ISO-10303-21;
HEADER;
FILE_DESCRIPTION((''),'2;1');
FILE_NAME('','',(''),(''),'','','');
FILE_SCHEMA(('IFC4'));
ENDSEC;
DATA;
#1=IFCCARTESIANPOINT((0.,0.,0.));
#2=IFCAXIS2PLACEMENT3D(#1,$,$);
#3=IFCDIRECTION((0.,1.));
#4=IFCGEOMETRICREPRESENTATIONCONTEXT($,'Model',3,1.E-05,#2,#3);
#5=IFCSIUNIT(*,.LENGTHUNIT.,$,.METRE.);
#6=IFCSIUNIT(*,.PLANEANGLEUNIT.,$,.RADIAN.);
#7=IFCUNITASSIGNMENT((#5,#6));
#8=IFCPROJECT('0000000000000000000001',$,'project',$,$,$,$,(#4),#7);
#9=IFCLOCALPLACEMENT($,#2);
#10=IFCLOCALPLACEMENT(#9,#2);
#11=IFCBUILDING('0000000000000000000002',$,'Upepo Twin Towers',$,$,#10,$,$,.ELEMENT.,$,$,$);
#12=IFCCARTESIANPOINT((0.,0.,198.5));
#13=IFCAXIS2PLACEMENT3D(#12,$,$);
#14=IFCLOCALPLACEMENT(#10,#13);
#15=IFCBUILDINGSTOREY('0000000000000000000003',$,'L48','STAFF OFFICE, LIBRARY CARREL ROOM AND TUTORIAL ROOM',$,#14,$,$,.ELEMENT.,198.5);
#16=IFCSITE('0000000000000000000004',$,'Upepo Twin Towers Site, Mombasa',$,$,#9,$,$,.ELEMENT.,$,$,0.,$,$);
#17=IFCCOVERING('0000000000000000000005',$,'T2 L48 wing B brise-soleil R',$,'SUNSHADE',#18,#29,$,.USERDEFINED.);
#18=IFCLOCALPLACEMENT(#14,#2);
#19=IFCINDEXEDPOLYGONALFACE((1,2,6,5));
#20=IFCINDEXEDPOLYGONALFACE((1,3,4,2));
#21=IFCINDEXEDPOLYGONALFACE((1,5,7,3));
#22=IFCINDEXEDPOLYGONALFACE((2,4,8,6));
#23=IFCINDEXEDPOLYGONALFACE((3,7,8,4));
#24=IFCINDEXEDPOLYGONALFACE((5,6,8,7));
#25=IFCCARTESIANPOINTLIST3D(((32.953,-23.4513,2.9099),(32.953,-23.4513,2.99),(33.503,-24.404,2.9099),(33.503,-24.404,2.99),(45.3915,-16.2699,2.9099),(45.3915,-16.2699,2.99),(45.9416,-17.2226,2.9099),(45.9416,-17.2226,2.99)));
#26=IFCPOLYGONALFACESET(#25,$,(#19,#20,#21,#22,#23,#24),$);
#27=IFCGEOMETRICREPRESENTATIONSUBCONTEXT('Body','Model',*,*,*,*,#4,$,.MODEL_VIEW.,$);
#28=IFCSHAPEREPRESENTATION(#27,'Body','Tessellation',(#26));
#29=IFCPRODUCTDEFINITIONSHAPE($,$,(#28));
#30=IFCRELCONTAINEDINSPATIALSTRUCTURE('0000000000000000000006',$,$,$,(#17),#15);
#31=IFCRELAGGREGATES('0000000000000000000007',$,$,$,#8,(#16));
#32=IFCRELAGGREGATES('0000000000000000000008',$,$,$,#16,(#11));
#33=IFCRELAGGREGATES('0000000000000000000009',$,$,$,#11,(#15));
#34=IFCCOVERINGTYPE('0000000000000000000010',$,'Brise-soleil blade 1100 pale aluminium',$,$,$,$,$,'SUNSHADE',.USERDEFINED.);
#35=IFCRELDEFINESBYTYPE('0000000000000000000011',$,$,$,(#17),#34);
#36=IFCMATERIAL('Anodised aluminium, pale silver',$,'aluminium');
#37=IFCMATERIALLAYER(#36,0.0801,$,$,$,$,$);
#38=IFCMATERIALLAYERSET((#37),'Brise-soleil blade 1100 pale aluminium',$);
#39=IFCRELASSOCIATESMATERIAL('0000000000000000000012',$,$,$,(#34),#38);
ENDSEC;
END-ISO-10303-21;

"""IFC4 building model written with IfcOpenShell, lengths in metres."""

from ifc_helpers import new_model, si_unit, direction, frame, origin, origin_2d, place, context, subcontext, project, spatial, rectangle, extrude, material, layer, layer_set, type_object, element, save


model = new_model("IFC4")

# Units and contexts
model_context = context("Model", 3, precision=1e-05, world=origin(), true_north=direction((0.0, 1.0)))
body_context = subcontext(model_context, "Body", "Model", "MODEL_VIEW")
ifc_project = project(units=[si_unit("LENGTHUNIT", "METRE"), si_unit("PLANEANGLEUNIT", "RADIAN")], contexts=[model_context])

# Site, building, storey
site_placement = place(None, origin())
site = spatial("IfcSite", under=ifc_project, at=site_placement, Name="Upepo Twin Towers Site, Mombasa", CompositionType="ELEMENT", RefElevation=0.0)
building_placement = place(site_placement, origin())
building = spatial("IfcBuilding", under=site, at=building_placement, Name="Upepo Twin Towers", CompositionType="ELEMENT")
storey_placement = place(building_placement, frame((0.0, 0.0, 198.5)))
storey = spatial("IfcBuildingStorey", under=building, at=storey_placement, Name="L48", Description="STAFF OFFICE, LIBRARY CARREL ROOM AND TUTORIAL ROOM", CompositionType="ELEMENT", Elevation=198.5)

# Covering
ifc_material_1 = material(Name="Anodised aluminium, pale silver", Category="aluminium")
ifc_layer_1 = layer(ifc_material_1, 0.0801)
ifc_layer_set_1 = layer_set([ifc_layer_1], Name="Brise-soleil blade 1100 pale aluminium")
covering_type = type_object("IfcCoveringType", Name="Brise-soleil blade 1100 pale aluminium", ElementType="SUNSHADE", PredefinedType="USERDEFINED", material=ifc_layer_set_1)
covering_placement = place(storey_placement, frame((39.4473, -20.3369, 2.9099), z_axis=(0.0, 0.0, 1.0), x_axis=(-0.866025, -0.5, 0.0)))
element("IfcCovering", 1, at=covering_placement, inside=storey, type_object=covering_type, Name="T2 L48 wing B brise-soleil R", ObjectType="SUNSHADE", PredefinedType="USERDEFINED", context=body_context, shape_type="SweptSolid", body=[
    extrude(rectangle(XDim=14.3628, YDim=1.1001, at=origin_2d()), origin(), (0.0, 0.0, 1.0), 0.0801),
])

save(model, "model.ifc")
